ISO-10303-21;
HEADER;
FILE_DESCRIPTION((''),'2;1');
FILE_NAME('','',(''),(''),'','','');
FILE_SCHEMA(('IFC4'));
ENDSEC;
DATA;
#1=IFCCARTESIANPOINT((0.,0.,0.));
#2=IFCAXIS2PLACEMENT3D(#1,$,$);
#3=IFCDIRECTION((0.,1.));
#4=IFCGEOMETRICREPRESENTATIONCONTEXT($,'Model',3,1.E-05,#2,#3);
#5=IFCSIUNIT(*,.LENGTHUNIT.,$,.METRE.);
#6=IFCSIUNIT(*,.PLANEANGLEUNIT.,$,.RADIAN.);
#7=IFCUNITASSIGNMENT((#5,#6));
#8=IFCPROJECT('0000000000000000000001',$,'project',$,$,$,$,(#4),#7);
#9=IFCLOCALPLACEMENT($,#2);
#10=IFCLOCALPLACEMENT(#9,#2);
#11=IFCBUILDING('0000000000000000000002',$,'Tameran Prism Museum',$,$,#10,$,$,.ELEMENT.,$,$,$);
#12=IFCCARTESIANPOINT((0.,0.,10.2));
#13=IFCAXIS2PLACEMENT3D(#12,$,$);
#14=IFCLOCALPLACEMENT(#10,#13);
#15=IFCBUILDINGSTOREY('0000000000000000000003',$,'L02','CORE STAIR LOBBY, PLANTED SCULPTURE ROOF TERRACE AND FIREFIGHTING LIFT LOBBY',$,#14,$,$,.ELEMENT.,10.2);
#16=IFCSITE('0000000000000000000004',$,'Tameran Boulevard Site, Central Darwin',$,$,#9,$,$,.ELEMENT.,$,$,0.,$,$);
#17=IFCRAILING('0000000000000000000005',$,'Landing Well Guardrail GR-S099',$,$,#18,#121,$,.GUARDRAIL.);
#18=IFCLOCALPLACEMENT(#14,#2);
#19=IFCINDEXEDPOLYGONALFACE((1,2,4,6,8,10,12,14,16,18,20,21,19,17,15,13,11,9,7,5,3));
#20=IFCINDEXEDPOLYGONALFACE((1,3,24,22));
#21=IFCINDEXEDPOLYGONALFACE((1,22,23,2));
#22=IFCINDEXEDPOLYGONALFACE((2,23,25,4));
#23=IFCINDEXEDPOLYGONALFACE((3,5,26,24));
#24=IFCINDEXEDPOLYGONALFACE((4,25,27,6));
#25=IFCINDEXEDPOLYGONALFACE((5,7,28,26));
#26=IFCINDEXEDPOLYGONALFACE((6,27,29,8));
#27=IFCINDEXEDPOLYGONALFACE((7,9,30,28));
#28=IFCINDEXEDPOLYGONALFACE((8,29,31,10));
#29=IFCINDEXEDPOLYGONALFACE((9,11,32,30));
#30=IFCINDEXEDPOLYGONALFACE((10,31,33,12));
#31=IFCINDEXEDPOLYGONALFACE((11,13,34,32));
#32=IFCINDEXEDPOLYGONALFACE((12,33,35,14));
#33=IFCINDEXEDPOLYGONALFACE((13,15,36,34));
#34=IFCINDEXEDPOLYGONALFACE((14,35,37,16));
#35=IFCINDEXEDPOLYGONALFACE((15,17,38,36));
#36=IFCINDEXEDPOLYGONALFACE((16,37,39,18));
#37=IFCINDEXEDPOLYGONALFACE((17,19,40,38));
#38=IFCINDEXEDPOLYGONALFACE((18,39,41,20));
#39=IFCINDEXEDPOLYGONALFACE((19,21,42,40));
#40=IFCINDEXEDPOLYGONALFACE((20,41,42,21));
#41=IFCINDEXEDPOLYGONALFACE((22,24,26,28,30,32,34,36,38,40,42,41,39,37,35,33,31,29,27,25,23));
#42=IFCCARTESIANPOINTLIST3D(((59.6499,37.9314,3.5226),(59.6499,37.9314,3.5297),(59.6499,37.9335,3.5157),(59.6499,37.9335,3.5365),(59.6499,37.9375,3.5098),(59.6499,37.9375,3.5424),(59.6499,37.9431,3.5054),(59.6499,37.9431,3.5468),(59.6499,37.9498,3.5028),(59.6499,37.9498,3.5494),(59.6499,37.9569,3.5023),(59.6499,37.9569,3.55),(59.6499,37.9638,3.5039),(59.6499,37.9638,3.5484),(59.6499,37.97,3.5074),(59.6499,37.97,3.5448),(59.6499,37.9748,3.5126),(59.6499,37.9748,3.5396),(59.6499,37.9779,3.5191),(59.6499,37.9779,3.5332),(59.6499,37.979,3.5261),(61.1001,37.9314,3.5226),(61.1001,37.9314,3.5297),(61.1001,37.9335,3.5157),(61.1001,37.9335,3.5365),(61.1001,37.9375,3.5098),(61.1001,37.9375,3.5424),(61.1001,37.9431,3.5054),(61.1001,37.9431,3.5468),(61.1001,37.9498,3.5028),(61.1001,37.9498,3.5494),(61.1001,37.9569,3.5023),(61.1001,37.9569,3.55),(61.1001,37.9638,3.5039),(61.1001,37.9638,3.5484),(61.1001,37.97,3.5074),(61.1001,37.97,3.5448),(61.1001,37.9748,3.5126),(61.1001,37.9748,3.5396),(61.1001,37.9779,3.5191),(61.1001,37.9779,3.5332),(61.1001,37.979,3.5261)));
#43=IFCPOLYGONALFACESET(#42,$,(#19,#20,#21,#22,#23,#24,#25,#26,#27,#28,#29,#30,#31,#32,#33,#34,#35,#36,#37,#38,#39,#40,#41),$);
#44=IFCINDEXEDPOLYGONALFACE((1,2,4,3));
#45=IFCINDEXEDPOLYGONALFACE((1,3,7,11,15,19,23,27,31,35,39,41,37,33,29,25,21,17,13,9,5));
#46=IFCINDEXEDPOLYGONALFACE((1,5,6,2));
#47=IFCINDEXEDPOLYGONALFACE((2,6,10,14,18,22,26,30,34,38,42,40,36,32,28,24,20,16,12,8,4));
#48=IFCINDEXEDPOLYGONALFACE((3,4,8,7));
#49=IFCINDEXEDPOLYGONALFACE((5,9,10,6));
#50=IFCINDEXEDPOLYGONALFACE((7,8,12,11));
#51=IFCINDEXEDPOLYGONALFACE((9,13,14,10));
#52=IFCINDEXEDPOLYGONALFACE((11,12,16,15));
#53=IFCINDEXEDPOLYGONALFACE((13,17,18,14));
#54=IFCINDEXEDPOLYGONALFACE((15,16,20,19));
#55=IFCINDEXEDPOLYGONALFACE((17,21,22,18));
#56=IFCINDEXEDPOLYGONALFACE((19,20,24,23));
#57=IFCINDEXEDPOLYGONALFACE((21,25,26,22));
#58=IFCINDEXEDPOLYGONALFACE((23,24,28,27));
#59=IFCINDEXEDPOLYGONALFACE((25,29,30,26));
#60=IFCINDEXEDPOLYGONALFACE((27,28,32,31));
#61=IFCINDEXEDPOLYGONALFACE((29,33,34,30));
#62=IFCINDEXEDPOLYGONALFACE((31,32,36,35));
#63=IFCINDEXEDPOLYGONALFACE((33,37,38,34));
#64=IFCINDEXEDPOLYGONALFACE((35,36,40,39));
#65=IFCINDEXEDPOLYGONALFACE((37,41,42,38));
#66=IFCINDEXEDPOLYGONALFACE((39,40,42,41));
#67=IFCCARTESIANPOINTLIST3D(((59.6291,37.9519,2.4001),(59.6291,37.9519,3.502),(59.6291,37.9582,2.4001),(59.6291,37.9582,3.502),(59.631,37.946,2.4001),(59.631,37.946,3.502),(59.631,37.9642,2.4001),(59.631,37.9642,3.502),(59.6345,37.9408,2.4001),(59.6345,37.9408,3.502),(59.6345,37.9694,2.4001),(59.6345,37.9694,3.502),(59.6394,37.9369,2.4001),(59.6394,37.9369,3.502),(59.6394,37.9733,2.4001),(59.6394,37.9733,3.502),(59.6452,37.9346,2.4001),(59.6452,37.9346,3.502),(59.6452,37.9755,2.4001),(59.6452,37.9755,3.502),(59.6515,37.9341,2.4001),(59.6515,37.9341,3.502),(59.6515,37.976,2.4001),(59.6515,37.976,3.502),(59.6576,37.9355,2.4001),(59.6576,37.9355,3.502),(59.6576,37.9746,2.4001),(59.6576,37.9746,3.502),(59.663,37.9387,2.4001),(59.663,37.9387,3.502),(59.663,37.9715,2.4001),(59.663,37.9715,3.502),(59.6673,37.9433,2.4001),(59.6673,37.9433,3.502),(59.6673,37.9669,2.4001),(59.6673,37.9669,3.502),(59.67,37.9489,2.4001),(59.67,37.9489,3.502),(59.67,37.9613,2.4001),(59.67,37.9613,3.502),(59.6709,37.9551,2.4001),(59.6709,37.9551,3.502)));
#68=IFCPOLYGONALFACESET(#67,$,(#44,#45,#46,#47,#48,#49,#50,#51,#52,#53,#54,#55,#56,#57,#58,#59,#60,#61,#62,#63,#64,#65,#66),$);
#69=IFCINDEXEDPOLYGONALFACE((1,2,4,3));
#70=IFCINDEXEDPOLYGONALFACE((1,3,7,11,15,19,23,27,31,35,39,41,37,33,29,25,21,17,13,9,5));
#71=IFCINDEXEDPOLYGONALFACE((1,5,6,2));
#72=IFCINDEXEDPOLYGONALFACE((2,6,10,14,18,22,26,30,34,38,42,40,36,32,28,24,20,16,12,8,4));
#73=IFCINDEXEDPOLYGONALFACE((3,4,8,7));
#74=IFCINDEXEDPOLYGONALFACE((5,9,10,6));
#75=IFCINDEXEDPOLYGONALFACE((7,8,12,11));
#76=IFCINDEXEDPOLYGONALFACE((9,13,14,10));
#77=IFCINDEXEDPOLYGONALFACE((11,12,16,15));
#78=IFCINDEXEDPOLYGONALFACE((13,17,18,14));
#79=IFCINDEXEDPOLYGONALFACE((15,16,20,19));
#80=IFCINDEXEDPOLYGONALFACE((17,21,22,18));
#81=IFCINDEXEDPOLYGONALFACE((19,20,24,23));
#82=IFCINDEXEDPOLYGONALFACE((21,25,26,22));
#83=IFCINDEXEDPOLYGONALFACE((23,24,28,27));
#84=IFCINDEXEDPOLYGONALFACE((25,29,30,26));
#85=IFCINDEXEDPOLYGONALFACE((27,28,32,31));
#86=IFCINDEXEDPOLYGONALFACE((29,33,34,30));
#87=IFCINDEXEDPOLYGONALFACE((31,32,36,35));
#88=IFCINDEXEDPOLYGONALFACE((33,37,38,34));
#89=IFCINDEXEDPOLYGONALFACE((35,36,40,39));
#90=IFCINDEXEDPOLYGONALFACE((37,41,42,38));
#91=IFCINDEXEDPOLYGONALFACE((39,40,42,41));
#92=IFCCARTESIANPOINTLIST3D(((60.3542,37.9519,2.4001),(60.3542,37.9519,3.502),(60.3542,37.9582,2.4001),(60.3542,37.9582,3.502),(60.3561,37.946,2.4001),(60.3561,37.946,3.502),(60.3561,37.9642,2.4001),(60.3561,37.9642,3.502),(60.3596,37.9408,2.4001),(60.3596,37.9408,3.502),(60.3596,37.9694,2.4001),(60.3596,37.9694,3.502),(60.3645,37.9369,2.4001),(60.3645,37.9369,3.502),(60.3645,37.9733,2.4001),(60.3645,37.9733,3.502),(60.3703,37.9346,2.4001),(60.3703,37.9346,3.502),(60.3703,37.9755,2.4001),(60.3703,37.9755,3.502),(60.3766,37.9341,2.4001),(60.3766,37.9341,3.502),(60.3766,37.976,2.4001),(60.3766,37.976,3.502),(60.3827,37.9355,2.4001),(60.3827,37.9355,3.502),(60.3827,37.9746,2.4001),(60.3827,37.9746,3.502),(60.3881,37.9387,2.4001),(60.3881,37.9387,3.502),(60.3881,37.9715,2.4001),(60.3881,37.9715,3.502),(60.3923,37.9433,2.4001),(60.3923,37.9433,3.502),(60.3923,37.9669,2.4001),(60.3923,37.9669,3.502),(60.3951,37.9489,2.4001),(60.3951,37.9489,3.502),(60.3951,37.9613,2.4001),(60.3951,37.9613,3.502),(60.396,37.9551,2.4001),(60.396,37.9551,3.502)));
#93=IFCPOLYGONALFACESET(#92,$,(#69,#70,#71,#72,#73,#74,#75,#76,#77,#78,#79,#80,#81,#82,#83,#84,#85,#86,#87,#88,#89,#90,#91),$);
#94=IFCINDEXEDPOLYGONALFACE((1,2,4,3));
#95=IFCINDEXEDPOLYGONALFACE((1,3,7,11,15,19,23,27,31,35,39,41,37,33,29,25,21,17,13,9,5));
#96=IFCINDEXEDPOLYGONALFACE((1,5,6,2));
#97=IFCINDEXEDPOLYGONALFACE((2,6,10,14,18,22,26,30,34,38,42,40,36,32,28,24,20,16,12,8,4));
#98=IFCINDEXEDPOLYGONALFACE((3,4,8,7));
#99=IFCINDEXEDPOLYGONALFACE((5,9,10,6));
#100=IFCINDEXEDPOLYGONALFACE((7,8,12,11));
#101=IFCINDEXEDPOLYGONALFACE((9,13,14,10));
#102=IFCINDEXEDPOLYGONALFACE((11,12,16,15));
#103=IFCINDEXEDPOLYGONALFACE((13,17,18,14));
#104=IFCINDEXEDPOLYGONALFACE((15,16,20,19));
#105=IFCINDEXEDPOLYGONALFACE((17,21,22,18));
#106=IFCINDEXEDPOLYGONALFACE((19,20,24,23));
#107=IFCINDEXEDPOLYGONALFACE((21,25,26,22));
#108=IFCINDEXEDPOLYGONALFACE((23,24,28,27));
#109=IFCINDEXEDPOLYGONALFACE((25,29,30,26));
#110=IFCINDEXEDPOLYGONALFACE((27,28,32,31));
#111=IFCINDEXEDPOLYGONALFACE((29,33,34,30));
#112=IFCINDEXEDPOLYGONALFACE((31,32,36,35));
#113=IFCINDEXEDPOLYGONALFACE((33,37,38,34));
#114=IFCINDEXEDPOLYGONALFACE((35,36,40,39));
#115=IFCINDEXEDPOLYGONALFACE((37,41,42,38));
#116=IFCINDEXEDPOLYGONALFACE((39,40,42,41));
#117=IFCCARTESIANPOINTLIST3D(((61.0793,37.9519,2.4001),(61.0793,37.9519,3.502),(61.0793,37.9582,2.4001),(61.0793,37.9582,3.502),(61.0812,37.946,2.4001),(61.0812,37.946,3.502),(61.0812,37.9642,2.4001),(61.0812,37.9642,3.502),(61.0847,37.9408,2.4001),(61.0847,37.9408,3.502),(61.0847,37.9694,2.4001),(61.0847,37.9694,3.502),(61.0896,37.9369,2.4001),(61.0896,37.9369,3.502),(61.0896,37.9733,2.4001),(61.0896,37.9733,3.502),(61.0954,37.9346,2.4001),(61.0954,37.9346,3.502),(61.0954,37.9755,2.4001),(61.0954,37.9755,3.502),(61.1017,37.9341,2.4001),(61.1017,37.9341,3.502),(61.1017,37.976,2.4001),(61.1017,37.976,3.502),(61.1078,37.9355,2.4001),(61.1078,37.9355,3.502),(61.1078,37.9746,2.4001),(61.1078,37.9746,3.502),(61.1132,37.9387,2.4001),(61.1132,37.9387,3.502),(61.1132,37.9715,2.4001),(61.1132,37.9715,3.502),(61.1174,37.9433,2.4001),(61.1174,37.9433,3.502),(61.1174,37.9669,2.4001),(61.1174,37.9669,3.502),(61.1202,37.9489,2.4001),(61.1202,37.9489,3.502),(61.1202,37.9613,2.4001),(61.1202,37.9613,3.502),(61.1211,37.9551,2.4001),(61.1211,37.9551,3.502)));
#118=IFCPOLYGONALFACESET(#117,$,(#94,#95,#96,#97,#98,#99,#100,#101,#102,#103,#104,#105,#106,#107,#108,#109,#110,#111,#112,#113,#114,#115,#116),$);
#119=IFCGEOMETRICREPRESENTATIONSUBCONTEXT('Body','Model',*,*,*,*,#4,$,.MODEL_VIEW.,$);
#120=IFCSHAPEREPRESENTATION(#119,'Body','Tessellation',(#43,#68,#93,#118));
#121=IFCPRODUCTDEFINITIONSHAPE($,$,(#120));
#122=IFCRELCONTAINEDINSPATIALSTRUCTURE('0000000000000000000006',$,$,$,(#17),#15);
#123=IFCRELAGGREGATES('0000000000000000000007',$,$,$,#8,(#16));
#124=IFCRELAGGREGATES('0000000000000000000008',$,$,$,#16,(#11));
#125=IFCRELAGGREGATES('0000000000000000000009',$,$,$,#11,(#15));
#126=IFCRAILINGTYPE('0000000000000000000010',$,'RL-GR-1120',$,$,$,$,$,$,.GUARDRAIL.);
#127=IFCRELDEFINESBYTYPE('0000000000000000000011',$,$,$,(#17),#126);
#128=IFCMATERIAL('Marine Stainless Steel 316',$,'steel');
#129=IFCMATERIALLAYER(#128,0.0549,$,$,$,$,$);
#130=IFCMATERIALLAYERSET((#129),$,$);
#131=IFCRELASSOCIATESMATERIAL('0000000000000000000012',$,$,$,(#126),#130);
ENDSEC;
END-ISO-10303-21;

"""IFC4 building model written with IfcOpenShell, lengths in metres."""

from ifc_helpers import new_model, si_unit, direction, frame, origin, origin_2d, place, context, subcontext, project, spatial, circle, extrude, material, layer, layer_set, type_object, element, save


model = new_model("IFC4")

# Units and contexts
model_context = context("Model", 3, precision=1e-05, world=origin(), true_north=direction((0.0, 1.0)))
body_context = subcontext(model_context, "Body", "Model", "MODEL_VIEW")
ifc_project = project(units=[si_unit("LENGTHUNIT", "METRE"), si_unit("PLANEANGLEUNIT", "RADIAN")], contexts=[model_context])

# Site, building, storey
site_placement = place(None, origin())
site = spatial("IfcSite", under=ifc_project, at=site_placement, Name="Tameran Boulevard Site, Central Darwin", CompositionType="ELEMENT", RefElevation=0.0)
building_placement = place(site_placement, origin())
building = spatial("IfcBuilding", under=site, at=building_placement, Name="Tameran Prism Museum", CompositionType="ELEMENT")
storey_placement = place(building_placement, frame((0.0, 0.0, 10.2)))
storey = spatial("IfcBuildingStorey", under=building, at=storey_placement, Name="L02", Description="CORE STAIR LOBBY, PLANTED SCULPTURE ROOF TERRACE AND FIREFIGHTING LIFT LOBBY", CompositionType="ELEMENT", Elevation=10.2)

# Railing
ifc_material_1 = material(Name="Marine Stainless Steel 316", Category="steel")
ifc_layer_1 = layer(ifc_material_1, 0.0549)
ifc_layer_set_1 = layer_set([ifc_layer_1])
railing_type_1 = type_object("IfcRailingType", Name="RL-GR-1120", PredefinedType="GUARDRAIL", material=ifc_layer_set_1)
railing_1_placement = place(storey_placement, frame((59.6499, 37.9551, 2.4001)))
element("IfcRailing", 1, at=railing_1_placement, inside=storey, type_object=railing_type_1, Name="Landing Well Guardrail GR-S099", PredefinedType="GUARDRAIL", context=body_context, shape_type="SweptSolid", body=[
    extrude(circle(Radius=0.0239, at=origin_2d()), frame((0.0, 0.0, 1.126), z_axis=(1.0, 0.0, 0.0), x_axis=(0.0, 1.0, 0.0)), (0.0, 0.0, 1.0), 1.4502),
    extrude(circle(Radius=0.021, at=origin_2d()), origin(), (0.0, 0.0, 1.0), 1.1018),
    extrude(circle(Radius=0.021, at=origin_2d()), frame((0.7251, 0.0, 0.0)), (0.0, 0.0, 1.0), 1.1018),
    extrude(circle(Radius=0.021, at=origin_2d()), frame((1.4502, 0.0, 0.0)), (0.0, 0.0, 1.0), 1.1018),
])

save(model, "model.ifc")
